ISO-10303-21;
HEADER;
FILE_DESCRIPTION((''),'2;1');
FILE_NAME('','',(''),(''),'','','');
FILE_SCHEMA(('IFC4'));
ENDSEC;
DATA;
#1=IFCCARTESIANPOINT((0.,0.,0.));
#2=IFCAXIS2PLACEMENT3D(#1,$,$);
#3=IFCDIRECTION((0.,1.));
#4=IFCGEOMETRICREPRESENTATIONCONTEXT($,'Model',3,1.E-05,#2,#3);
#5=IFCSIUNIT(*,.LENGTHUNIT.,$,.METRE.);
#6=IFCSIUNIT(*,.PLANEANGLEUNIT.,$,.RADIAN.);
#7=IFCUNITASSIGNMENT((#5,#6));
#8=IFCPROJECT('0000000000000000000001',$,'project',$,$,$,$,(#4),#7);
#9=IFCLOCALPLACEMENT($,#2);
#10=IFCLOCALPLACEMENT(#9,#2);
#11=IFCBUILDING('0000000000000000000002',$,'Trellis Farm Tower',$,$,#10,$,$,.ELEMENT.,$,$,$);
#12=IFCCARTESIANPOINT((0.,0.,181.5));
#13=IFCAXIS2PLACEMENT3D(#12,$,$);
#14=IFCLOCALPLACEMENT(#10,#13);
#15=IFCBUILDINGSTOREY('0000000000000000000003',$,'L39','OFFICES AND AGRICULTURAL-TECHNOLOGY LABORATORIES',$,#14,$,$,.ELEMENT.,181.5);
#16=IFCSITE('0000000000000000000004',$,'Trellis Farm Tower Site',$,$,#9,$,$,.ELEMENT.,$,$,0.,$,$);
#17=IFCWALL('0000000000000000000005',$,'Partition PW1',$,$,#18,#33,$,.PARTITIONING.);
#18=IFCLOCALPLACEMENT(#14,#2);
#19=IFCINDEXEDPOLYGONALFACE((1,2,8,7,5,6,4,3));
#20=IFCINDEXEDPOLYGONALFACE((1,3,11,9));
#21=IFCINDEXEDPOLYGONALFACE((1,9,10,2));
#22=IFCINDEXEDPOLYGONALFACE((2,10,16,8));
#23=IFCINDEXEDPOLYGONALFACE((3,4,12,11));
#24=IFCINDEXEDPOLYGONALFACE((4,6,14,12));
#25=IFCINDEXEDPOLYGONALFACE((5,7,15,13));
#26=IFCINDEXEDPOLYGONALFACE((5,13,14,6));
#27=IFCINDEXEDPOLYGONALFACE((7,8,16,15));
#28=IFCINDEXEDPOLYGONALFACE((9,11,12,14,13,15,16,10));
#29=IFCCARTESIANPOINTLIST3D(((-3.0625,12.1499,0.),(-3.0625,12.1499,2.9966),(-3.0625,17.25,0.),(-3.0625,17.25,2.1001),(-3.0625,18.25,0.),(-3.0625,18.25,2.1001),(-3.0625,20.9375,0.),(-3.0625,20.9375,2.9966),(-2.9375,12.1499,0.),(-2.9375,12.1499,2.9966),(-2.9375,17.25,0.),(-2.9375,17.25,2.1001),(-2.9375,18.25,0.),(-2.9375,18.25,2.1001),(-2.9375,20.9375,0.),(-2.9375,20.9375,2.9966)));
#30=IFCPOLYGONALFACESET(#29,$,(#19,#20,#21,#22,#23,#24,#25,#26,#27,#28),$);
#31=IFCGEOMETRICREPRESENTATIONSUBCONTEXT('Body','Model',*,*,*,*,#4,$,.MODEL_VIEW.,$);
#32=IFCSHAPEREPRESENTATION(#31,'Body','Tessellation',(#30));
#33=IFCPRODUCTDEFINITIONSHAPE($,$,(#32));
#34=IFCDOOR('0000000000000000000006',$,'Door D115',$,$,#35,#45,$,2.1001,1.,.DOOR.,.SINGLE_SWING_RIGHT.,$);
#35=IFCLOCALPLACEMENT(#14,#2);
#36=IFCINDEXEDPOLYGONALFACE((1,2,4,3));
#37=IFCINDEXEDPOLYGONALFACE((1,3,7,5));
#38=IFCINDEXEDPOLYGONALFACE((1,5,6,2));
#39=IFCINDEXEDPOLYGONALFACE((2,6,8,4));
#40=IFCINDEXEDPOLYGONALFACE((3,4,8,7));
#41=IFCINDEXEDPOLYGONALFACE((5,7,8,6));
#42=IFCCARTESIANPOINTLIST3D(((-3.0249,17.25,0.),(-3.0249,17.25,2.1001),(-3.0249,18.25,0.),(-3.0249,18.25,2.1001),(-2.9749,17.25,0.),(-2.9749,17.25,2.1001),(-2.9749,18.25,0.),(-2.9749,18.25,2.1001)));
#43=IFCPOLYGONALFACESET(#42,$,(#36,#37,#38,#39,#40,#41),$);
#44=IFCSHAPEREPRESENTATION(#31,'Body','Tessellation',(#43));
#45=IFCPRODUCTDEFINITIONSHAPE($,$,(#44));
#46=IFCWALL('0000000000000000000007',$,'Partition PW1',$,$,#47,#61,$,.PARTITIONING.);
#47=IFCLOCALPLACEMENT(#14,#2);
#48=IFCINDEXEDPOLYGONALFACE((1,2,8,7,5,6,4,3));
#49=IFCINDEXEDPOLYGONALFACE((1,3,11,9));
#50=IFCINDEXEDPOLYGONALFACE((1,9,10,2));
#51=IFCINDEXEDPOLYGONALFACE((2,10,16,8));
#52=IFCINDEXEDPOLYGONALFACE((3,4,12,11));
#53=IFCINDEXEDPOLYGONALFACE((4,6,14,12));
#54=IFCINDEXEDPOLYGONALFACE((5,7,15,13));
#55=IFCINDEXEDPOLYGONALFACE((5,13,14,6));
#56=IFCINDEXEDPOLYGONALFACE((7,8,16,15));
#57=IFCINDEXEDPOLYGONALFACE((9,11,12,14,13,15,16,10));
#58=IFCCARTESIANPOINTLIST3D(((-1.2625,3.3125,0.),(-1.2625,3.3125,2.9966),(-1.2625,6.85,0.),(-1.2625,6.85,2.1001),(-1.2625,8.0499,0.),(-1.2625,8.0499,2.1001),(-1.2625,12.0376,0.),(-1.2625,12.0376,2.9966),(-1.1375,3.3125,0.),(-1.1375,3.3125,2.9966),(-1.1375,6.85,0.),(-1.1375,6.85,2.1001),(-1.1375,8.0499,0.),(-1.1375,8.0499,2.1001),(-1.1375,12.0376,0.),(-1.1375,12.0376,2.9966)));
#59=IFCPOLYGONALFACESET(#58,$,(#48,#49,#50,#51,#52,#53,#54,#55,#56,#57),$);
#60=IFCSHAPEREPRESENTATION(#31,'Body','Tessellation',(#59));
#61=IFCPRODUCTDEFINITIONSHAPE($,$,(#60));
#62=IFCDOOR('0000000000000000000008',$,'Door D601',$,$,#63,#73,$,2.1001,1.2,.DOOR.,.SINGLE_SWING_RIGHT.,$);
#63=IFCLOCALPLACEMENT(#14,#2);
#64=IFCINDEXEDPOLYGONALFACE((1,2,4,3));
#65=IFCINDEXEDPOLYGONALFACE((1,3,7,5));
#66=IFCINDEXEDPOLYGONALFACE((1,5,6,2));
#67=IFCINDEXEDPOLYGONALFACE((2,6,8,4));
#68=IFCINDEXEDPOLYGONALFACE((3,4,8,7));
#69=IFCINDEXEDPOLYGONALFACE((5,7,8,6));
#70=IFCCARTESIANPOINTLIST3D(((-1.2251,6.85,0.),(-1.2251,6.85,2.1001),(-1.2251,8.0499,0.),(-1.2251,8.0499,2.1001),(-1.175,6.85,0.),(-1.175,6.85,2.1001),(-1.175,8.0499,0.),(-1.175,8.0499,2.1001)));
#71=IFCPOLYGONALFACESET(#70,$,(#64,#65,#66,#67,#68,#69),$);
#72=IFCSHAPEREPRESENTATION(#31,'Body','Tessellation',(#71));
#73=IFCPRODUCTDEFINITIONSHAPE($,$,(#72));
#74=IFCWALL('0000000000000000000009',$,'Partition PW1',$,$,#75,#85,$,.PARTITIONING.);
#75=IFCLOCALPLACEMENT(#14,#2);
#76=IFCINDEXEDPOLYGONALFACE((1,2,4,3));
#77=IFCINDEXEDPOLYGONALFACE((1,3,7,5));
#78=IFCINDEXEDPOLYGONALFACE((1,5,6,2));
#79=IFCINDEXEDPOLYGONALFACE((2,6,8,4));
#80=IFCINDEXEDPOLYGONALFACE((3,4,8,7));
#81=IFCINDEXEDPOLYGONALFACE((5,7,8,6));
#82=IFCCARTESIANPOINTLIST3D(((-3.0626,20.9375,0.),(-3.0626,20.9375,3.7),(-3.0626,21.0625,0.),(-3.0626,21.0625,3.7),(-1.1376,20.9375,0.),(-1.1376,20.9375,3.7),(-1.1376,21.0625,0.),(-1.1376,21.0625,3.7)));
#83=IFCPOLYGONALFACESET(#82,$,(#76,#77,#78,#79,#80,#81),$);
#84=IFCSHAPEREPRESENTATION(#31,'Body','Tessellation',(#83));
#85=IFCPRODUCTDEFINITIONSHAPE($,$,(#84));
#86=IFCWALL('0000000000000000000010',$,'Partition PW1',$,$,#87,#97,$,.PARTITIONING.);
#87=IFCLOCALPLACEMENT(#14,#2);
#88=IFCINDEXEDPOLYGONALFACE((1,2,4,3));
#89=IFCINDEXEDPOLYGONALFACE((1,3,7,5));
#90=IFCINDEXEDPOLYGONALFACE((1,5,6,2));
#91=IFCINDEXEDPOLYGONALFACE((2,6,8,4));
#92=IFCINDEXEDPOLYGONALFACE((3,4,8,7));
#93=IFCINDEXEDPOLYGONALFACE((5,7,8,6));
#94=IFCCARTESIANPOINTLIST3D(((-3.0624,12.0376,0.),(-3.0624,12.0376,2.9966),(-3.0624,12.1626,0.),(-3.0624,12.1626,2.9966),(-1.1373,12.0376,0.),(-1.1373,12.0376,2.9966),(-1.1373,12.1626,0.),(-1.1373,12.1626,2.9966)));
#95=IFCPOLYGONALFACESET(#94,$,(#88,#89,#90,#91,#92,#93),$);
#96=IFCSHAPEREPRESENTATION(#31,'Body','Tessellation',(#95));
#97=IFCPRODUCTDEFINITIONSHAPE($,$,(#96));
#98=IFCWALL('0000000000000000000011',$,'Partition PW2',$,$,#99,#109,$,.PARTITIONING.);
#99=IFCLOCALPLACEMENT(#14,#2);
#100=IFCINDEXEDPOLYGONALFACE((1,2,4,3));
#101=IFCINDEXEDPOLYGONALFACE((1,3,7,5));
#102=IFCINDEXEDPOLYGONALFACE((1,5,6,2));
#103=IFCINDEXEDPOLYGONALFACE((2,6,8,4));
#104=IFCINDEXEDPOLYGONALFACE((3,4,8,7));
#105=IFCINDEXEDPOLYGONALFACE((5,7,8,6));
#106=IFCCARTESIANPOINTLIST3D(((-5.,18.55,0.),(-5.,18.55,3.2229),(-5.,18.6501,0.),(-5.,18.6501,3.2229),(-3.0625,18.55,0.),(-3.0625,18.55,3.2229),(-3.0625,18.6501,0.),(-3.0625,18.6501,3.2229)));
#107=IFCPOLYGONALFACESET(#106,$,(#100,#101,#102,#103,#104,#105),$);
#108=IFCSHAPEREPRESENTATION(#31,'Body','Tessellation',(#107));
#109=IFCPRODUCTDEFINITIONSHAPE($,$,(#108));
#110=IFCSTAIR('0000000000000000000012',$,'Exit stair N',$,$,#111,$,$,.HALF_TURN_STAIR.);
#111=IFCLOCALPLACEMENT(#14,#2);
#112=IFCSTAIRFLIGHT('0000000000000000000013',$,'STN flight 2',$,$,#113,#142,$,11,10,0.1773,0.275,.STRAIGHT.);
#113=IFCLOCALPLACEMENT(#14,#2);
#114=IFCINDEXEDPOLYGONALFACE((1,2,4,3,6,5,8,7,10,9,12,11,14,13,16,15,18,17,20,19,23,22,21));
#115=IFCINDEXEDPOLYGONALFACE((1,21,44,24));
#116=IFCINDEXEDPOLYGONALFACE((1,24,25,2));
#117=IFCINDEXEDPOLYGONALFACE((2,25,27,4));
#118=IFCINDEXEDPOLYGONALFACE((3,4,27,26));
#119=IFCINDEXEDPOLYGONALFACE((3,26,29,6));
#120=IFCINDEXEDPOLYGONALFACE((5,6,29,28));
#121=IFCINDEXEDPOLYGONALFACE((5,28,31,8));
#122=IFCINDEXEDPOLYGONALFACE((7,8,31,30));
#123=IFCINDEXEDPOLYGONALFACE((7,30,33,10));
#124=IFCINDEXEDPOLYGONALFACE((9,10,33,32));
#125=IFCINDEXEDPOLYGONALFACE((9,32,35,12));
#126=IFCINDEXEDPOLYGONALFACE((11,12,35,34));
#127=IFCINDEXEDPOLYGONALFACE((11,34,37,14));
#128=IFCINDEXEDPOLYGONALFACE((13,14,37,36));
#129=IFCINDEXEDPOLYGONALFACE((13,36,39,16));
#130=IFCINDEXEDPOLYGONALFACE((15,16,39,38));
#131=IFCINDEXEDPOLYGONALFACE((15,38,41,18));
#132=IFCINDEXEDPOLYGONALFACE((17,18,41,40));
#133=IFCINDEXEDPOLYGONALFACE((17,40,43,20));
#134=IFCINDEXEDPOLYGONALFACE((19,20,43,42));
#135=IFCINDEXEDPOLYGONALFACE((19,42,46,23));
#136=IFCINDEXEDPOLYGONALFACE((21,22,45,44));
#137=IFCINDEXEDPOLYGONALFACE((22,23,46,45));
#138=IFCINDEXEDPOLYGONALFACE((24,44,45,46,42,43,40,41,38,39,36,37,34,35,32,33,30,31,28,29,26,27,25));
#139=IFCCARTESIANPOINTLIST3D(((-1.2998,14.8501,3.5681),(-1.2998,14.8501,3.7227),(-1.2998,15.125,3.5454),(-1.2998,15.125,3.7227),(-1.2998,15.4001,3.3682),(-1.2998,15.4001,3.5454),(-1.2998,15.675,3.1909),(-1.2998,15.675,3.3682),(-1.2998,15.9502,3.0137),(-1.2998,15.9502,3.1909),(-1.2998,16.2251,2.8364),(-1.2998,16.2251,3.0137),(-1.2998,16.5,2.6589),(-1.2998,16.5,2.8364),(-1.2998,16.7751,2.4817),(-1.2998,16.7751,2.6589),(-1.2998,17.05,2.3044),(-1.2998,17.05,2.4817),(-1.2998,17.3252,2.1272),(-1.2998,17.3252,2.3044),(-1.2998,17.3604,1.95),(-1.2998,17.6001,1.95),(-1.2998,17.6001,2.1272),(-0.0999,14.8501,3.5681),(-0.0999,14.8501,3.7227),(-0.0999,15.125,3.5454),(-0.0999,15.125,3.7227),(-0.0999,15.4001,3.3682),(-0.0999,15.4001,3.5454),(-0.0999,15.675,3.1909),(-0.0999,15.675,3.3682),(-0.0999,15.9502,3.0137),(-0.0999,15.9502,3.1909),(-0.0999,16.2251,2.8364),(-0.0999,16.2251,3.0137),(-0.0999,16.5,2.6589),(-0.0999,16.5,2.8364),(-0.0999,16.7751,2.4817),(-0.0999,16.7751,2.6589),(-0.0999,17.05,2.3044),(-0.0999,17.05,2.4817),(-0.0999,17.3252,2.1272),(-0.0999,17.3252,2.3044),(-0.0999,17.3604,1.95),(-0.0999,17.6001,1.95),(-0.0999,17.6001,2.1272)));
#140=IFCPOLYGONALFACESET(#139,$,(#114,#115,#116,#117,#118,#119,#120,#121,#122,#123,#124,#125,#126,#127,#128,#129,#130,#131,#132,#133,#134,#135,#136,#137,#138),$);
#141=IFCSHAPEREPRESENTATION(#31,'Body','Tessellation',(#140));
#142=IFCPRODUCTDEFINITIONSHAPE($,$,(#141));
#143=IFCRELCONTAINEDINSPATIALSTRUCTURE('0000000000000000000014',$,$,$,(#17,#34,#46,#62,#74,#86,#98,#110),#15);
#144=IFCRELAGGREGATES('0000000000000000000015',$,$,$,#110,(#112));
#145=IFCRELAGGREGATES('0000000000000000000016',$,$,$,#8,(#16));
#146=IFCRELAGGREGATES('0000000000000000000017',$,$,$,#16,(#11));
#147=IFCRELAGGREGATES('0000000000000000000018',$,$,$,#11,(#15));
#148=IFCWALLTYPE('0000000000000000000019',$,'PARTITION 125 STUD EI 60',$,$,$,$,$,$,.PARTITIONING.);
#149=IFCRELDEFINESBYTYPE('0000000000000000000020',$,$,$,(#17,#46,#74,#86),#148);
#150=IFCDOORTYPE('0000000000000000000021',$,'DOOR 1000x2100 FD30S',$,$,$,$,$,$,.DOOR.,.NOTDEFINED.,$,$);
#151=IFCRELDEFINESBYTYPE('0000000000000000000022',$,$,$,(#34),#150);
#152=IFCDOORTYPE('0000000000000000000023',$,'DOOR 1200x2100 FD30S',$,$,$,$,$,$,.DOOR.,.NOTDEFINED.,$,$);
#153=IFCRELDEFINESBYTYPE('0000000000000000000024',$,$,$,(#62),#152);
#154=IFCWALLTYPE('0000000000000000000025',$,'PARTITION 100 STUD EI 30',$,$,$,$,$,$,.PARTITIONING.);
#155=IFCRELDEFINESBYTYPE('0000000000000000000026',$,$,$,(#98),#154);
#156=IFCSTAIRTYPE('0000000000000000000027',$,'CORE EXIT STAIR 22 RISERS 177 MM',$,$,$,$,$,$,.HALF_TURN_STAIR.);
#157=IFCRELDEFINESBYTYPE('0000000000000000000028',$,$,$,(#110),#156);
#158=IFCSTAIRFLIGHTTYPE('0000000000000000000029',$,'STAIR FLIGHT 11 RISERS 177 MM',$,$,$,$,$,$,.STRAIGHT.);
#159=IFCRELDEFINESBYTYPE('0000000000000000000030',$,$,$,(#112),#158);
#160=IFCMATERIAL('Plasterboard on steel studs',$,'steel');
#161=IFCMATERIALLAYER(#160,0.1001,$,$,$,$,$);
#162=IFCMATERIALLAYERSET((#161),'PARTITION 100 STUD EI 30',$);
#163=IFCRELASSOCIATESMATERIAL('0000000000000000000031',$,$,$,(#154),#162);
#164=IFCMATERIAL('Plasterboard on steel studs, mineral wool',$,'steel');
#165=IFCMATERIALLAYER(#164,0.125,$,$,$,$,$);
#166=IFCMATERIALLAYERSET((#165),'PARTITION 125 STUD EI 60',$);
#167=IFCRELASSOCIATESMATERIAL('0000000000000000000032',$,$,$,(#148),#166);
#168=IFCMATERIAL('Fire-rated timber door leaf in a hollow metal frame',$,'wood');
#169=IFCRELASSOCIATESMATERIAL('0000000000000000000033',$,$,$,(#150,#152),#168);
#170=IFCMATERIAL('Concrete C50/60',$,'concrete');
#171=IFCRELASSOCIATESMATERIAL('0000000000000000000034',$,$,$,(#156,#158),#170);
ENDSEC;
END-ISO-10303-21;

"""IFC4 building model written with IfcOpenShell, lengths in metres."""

from ifc_helpers import new_model, si_unit, direction, frame, frame_2d, origin, place, context, subcontext, project, spatial, polyline, rectangle, outline, extrude, source, transform, mapped, material, layer, layer_set, type_object, element, fill, aggregate, save


model = new_model("IFC4")

# Units and contexts
model_context = context("Model", 3, precision=1e-05, world=origin(), true_north=direction((0.0, 1.0)))
body_context = subcontext(model_context, "Body", "Model", "MODEL_VIEW")
ifc_project = project(units=[si_unit("LENGTHUNIT", "METRE"), si_unit("PLANEANGLEUNIT", "RADIAN")], contexts=[model_context])

# Site, building, storey
site_placement = place(None, origin())
site = spatial("IfcSite", under=ifc_project, at=site_placement, Name="Trellis Farm Tower Site", CompositionType="ELEMENT", RefElevation=0.0)
building_placement = place(site_placement, origin())
building = spatial("IfcBuilding", under=site, at=building_placement, Name="Trellis Farm Tower", CompositionType="ELEMENT")
storey_placement = place(building_placement, frame((0.0, 0.0, 181.5)))
storey = spatial("IfcBuildingStorey", under=building, at=storey_placement, Name="L39", Description="OFFICES AND AGRICULTURAL-TECHNOLOGY LABORATORIES", CompositionType="ELEMENT", Elevation=181.5)

# Shared definitions
placement = place(storey_placement, origin())

# Shared definitions
shared_shape_1 = source(origin(), body_context, "Body", "SweptSolid", [
    extrude(rectangle(XDim=1.2, YDim=2.1001, at=frame_2d((0.6001, 1.05))), frame((0.0, 0.0249, 0.0), z_axis=(0.0, -1.0, 0.0), x_axis=(1.0, 0.0, 0.0)), (0.0, 0.0, 1.0), 0.05),
])

# Shared definitions
ifc_material_1 = material(Name="Plasterboard on steel studs", Category="steel")
ifc_layer_1 = layer(ifc_material_1, 0.1001)
ifc_layer_set_1 = layer_set([ifc_layer_1], Name="PARTITION 100 STUD EI 30")
wall_type_1 = type_object("IfcWallType", Name="PARTITION 100 STUD EI 30", PredefinedType="PARTITIONING", material=ifc_layer_set_1)

# Walls, openings, doors
ifc_material_2 = material(Name="Plasterboard on steel studs, mineral wool", Category="steel")
ifc_layer_2 = layer(ifc_material_2, 0.125)
ifc_layer_set_2 = layer_set([ifc_layer_2], Name="PARTITION 125 STUD EI 60")
wall_type_2 = type_object("IfcWallType", Name="PARTITION 125 STUD EI 60", PredefinedType="PARTITIONING", material=ifc_layer_set_2)
ifc_material_3 = material(Name="Fire-rated timber door leaf in a hollow metal frame", Category="wood")
shared_shape_2 = source(origin(), body_context, "Body", "SweptSolid", [
    extrude(rectangle(XDim=8.7876, YDim=0.125, at=frame_2d((4.3938, 0.0))), origin(), (0.0, 0.0, 1.0), 2.9966),
])
wall_1_placement = place(storey_placement, frame((-3.0, 12.1499, 0.0), z_axis=(0.0, 0.0, 1.0), x_axis=(0.0, 1.0, 0.0)))
wall_1 = element("IfcWall", 1, at=wall_1_placement, inside=storey, type_object=wall_type_2, Name="Partition PW1", PredefinedType="PARTITIONING", context=body_context, shape_type="MappedRepresentation", body=[
    mapped(shared_shape_2, transform((0.0, 0.0, 0.0))),
])
shared_shape_3 = source(origin(), body_context, "Body", "SweptSolid", [
    extrude(rectangle(XDim=1.0, YDim=2.1001, at=frame_2d((0.5, 1.05))), frame((0.0, 0.0725, 0.0), z_axis=(0.0, -1.0, 0.0), x_axis=(1.0, 0.0, 0.0)), (0.0, 0.0, 1.0), 0.145),
])
opening_1_placement = place(wall_1_placement, frame((5.1001, 0.0, 0.0)))
opening_1 = element("IfcOpeningElement", 2, at=opening_1_placement, cuts=wall_1, PredefinedType="OPENING", context=body_context, shape_type="MappedRepresentation", body=[
    mapped(shared_shape_3, transform((0.0, 0.0, 0.0))),
])
door_type_1 = type_object("IfcDoorType", Name="DOOR 1000x2100 FD30S", OperationType="NOTDEFINED", PredefinedType="DOOR", material=ifc_material_3)
shared_shape_4 = source(origin(), body_context, "Body", "SweptSolid", [
    extrude(rectangle(XDim=1.0, YDim=2.1001, at=frame_2d((0.5, 1.05))), frame((0.0, 0.0249, 0.0), z_axis=(0.0, -1.0, 0.0), x_axis=(1.0, 0.0, 0.0)), (0.0, 0.0, 1.0), 0.05),
])
door_1_placement = place(opening_1_placement, origin())
door_1 = element("IfcDoor", 3, at=door_1_placement, inside=storey, type_object=door_type_1, Name="Door D115", OperationType="SINGLE_SWING_RIGHT", OverallHeight=2.1001, OverallWidth=1.0, PredefinedType="DOOR", context=body_context, shape_type="MappedRepresentation", body=[
    mapped(shared_shape_4, transform((0.0, 0.0, 0.0))),
])
fill(opening_1, door_1)
shared_shape_5 = source(origin(), body_context, "Body", "SweptSolid", [
    extrude(rectangle(XDim=8.7251, YDim=0.125, at=frame_2d((4.3625, 0.0))), origin(), (0.0, 0.0, 1.0), 2.9966),
])
wall_2_placement = place(storey_placement, frame((-1.2, 12.0376, 0.0), z_axis=(0.0, 0.0, 1.0), x_axis=(0.0, -1.0, 0.0)))
wall_2 = element("IfcWall", 4, at=wall_2_placement, inside=storey, type_object=wall_type_2, Name="Partition PW1", PredefinedType="PARTITIONING", context=body_context, shape_type="MappedRepresentation", body=[
    mapped(shared_shape_5, transform((0.0, 0.0, 0.0))),
])
shared_shape_6 = source(origin(), body_context, "Body", "SweptSolid", [
    extrude(rectangle(XDim=1.2, YDim=2.1001, at=frame_2d((0.6001, 1.05))), frame((0.0, 0.0725, 0.0), z_axis=(0.0, -1.0, 0.0), x_axis=(1.0, 0.0, 0.0)), (0.0, 0.0, 1.0), 0.145),
])
opening_2_placement = place(wall_2_placement, frame((3.9875, 0.0, 0.0)))
opening_2 = element("IfcOpeningElement", 5, at=opening_2_placement, cuts=wall_2, PredefinedType="OPENING", context=body_context, shape_type="MappedRepresentation", body=[
    mapped(shared_shape_6, transform((0.0, 0.0, 0.0))),
])
door_type_2 = type_object("IfcDoorType", Name="DOOR 1200x2100 FD30S", OperationType="NOTDEFINED", PredefinedType="DOOR", material=ifc_material_3)
door_2_placement = place(opening_2_placement, origin())
door_2 = element("IfcDoor", 6, at=door_2_placement, inside=storey, type_object=door_type_2, Name="Door D601", OperationType="SINGLE_SWING_RIGHT", OverallHeight=2.1001, OverallWidth=1.2, PredefinedType="DOOR", context=body_context, shape_type="MappedRepresentation", body=[
    mapped(shared_shape_1, transform((0.0, 0.0, 0.0))),
])
fill(opening_2, door_2)

# Walls
shared_shape_7 = source(origin(), body_context, "Body", "SweptSolid", [
    extrude(rectangle(XDim=1.925, YDim=0.125, at=frame_2d((0.9624, 0.0))), origin(), (0.0, 0.0, 1.0), 3.7),
])
wall_3_placement = place(storey_placement, frame((-3.0625, 21.0, 0.0), z_axis=(0.0, 0.0, 1.0), x_axis=(1.0, 0.0, 0.0)))
element("IfcWall", 7, at=wall_3_placement, inside=storey, type_object=wall_type_2, Name="Partition PW1", PredefinedType="PARTITIONING", context=body_context, shape_type="MappedRepresentation", body=[
    mapped(shared_shape_7, transform((0.0, 0.0, 0.0))),
])
shared_shape_8 = source(origin(), body_context, "Body", "SweptSolid", [
    extrude(rectangle(XDim=1.925, YDim=0.125, at=frame_2d((0.9624, 0.0))), origin(), (0.0, 0.0, 1.0), 2.9966),
])
wall_4_placement = place(storey_placement, frame((-1.1375, 12.1001, 0.0), z_axis=(0.0, 0.0, 1.0), x_axis=(-1.0, 0.0, 0.0)))
element("IfcWall", 8, at=wall_4_placement, inside=storey, type_object=wall_type_2, Name="Partition PW1", PredefinedType="PARTITIONING", context=body_context, shape_type="MappedRepresentation", body=[
    mapped(shared_shape_8, transform((0.0, 0.0, 0.0))),
])
shared_shape_9 = source(origin(), body_context, "Body", "SweptSolid", [
    extrude(rectangle(XDim=1.9375, YDim=0.1001, at=frame_2d((0.9688, 0.0))), origin(), (0.0, 0.0, 1.0), 3.2229),
])
wall_5_placement = place(storey_placement, frame((-5.0, 18.6001, 0.0), z_axis=(0.0, 0.0, 1.0), x_axis=(1.0, 0.0, 0.0)))
element("IfcWall", 9, at=wall_5_placement, inside=storey, type_object=wall_type_1, Name="Partition PW2", PredefinedType="PARTITIONING", context=body_context, shape_type="MappedRepresentation", body=[
    mapped(shared_shape_9, transform((0.0, 0.0, 0.0))),
])

# Stair, stair flight
ifc_material_4 = material(Name="Concrete C50/60", Category="concrete")
stair_type = type_object("IfcStairType", Name="CORE EXIT STAIR 22 RISERS 177 MM", PredefinedType="HALF_TURN_STAIR", material=ifc_material_4)
stair = element("IfcStair", 10, at=placement, inside=storey, type_object=stair_type, Name="Exit stair N", PredefinedType="HALF_TURN_STAIR")
stair_flight_type = type_object("IfcStairFlightType", Name="STAIR FLIGHT 11 RISERS 177 MM", PredefinedType="STRAIGHT", material=ifc_material_4)
shared_shape_10 = source(origin(), body_context, "Body", "SweptSolid", [
    extrude(outline(polyline([(0.0, 0.0), (0.0, 0.1772), (0.2749, 0.1772), (0.2749, 0.3545), (0.55, 0.3545), (0.55, 0.5317), (0.825, 0.5317), (0.825, 0.709), (1.1001, 0.709), (1.1001, 0.8865), (1.375, 0.8865), (1.375, 1.0637), (1.6499, 1.0637), (1.6499, 1.241), (1.925, 1.241), (1.925, 1.4182), (2.2, 1.4182), (2.2, 1.5955), (2.4751, 1.5955), (2.4751, 1.7727), (2.75, 1.7727), (2.75, 1.95), (2.75, 1.6182), (0.2397, 0.0), (0.0, 0.0)])), frame((0.0, 0.6001, 0.0), z_axis=(0.0, -1.0, 0.0), x_axis=(1.0, 0.0, 0.0)), (0.0, 0.0, 1.0), 1.2),
])
stair_flight_placement = place(storey_placement, frame((-0.7, 17.6001, 1.95), z_axis=(0.0, 0.0, 1.0), x_axis=(0.0, -1.0, 0.0)))
stair_flight = element("IfcStairFlight", 11, at=stair_flight_placement, type_object=stair_flight_type, Name="STN flight 2", NumberOfRisers=11, NumberOfTreads=10, PredefinedType="STRAIGHT", RiserHeight=0.1773, TreadLength=0.275, context=body_context, shape_type="MappedRepresentation", body=[
    mapped(shared_shape_10, transform((0.0, 0.0, 0.0))),
])
aggregate(stair, [stair_flight])

save(model, "model.ifc")
